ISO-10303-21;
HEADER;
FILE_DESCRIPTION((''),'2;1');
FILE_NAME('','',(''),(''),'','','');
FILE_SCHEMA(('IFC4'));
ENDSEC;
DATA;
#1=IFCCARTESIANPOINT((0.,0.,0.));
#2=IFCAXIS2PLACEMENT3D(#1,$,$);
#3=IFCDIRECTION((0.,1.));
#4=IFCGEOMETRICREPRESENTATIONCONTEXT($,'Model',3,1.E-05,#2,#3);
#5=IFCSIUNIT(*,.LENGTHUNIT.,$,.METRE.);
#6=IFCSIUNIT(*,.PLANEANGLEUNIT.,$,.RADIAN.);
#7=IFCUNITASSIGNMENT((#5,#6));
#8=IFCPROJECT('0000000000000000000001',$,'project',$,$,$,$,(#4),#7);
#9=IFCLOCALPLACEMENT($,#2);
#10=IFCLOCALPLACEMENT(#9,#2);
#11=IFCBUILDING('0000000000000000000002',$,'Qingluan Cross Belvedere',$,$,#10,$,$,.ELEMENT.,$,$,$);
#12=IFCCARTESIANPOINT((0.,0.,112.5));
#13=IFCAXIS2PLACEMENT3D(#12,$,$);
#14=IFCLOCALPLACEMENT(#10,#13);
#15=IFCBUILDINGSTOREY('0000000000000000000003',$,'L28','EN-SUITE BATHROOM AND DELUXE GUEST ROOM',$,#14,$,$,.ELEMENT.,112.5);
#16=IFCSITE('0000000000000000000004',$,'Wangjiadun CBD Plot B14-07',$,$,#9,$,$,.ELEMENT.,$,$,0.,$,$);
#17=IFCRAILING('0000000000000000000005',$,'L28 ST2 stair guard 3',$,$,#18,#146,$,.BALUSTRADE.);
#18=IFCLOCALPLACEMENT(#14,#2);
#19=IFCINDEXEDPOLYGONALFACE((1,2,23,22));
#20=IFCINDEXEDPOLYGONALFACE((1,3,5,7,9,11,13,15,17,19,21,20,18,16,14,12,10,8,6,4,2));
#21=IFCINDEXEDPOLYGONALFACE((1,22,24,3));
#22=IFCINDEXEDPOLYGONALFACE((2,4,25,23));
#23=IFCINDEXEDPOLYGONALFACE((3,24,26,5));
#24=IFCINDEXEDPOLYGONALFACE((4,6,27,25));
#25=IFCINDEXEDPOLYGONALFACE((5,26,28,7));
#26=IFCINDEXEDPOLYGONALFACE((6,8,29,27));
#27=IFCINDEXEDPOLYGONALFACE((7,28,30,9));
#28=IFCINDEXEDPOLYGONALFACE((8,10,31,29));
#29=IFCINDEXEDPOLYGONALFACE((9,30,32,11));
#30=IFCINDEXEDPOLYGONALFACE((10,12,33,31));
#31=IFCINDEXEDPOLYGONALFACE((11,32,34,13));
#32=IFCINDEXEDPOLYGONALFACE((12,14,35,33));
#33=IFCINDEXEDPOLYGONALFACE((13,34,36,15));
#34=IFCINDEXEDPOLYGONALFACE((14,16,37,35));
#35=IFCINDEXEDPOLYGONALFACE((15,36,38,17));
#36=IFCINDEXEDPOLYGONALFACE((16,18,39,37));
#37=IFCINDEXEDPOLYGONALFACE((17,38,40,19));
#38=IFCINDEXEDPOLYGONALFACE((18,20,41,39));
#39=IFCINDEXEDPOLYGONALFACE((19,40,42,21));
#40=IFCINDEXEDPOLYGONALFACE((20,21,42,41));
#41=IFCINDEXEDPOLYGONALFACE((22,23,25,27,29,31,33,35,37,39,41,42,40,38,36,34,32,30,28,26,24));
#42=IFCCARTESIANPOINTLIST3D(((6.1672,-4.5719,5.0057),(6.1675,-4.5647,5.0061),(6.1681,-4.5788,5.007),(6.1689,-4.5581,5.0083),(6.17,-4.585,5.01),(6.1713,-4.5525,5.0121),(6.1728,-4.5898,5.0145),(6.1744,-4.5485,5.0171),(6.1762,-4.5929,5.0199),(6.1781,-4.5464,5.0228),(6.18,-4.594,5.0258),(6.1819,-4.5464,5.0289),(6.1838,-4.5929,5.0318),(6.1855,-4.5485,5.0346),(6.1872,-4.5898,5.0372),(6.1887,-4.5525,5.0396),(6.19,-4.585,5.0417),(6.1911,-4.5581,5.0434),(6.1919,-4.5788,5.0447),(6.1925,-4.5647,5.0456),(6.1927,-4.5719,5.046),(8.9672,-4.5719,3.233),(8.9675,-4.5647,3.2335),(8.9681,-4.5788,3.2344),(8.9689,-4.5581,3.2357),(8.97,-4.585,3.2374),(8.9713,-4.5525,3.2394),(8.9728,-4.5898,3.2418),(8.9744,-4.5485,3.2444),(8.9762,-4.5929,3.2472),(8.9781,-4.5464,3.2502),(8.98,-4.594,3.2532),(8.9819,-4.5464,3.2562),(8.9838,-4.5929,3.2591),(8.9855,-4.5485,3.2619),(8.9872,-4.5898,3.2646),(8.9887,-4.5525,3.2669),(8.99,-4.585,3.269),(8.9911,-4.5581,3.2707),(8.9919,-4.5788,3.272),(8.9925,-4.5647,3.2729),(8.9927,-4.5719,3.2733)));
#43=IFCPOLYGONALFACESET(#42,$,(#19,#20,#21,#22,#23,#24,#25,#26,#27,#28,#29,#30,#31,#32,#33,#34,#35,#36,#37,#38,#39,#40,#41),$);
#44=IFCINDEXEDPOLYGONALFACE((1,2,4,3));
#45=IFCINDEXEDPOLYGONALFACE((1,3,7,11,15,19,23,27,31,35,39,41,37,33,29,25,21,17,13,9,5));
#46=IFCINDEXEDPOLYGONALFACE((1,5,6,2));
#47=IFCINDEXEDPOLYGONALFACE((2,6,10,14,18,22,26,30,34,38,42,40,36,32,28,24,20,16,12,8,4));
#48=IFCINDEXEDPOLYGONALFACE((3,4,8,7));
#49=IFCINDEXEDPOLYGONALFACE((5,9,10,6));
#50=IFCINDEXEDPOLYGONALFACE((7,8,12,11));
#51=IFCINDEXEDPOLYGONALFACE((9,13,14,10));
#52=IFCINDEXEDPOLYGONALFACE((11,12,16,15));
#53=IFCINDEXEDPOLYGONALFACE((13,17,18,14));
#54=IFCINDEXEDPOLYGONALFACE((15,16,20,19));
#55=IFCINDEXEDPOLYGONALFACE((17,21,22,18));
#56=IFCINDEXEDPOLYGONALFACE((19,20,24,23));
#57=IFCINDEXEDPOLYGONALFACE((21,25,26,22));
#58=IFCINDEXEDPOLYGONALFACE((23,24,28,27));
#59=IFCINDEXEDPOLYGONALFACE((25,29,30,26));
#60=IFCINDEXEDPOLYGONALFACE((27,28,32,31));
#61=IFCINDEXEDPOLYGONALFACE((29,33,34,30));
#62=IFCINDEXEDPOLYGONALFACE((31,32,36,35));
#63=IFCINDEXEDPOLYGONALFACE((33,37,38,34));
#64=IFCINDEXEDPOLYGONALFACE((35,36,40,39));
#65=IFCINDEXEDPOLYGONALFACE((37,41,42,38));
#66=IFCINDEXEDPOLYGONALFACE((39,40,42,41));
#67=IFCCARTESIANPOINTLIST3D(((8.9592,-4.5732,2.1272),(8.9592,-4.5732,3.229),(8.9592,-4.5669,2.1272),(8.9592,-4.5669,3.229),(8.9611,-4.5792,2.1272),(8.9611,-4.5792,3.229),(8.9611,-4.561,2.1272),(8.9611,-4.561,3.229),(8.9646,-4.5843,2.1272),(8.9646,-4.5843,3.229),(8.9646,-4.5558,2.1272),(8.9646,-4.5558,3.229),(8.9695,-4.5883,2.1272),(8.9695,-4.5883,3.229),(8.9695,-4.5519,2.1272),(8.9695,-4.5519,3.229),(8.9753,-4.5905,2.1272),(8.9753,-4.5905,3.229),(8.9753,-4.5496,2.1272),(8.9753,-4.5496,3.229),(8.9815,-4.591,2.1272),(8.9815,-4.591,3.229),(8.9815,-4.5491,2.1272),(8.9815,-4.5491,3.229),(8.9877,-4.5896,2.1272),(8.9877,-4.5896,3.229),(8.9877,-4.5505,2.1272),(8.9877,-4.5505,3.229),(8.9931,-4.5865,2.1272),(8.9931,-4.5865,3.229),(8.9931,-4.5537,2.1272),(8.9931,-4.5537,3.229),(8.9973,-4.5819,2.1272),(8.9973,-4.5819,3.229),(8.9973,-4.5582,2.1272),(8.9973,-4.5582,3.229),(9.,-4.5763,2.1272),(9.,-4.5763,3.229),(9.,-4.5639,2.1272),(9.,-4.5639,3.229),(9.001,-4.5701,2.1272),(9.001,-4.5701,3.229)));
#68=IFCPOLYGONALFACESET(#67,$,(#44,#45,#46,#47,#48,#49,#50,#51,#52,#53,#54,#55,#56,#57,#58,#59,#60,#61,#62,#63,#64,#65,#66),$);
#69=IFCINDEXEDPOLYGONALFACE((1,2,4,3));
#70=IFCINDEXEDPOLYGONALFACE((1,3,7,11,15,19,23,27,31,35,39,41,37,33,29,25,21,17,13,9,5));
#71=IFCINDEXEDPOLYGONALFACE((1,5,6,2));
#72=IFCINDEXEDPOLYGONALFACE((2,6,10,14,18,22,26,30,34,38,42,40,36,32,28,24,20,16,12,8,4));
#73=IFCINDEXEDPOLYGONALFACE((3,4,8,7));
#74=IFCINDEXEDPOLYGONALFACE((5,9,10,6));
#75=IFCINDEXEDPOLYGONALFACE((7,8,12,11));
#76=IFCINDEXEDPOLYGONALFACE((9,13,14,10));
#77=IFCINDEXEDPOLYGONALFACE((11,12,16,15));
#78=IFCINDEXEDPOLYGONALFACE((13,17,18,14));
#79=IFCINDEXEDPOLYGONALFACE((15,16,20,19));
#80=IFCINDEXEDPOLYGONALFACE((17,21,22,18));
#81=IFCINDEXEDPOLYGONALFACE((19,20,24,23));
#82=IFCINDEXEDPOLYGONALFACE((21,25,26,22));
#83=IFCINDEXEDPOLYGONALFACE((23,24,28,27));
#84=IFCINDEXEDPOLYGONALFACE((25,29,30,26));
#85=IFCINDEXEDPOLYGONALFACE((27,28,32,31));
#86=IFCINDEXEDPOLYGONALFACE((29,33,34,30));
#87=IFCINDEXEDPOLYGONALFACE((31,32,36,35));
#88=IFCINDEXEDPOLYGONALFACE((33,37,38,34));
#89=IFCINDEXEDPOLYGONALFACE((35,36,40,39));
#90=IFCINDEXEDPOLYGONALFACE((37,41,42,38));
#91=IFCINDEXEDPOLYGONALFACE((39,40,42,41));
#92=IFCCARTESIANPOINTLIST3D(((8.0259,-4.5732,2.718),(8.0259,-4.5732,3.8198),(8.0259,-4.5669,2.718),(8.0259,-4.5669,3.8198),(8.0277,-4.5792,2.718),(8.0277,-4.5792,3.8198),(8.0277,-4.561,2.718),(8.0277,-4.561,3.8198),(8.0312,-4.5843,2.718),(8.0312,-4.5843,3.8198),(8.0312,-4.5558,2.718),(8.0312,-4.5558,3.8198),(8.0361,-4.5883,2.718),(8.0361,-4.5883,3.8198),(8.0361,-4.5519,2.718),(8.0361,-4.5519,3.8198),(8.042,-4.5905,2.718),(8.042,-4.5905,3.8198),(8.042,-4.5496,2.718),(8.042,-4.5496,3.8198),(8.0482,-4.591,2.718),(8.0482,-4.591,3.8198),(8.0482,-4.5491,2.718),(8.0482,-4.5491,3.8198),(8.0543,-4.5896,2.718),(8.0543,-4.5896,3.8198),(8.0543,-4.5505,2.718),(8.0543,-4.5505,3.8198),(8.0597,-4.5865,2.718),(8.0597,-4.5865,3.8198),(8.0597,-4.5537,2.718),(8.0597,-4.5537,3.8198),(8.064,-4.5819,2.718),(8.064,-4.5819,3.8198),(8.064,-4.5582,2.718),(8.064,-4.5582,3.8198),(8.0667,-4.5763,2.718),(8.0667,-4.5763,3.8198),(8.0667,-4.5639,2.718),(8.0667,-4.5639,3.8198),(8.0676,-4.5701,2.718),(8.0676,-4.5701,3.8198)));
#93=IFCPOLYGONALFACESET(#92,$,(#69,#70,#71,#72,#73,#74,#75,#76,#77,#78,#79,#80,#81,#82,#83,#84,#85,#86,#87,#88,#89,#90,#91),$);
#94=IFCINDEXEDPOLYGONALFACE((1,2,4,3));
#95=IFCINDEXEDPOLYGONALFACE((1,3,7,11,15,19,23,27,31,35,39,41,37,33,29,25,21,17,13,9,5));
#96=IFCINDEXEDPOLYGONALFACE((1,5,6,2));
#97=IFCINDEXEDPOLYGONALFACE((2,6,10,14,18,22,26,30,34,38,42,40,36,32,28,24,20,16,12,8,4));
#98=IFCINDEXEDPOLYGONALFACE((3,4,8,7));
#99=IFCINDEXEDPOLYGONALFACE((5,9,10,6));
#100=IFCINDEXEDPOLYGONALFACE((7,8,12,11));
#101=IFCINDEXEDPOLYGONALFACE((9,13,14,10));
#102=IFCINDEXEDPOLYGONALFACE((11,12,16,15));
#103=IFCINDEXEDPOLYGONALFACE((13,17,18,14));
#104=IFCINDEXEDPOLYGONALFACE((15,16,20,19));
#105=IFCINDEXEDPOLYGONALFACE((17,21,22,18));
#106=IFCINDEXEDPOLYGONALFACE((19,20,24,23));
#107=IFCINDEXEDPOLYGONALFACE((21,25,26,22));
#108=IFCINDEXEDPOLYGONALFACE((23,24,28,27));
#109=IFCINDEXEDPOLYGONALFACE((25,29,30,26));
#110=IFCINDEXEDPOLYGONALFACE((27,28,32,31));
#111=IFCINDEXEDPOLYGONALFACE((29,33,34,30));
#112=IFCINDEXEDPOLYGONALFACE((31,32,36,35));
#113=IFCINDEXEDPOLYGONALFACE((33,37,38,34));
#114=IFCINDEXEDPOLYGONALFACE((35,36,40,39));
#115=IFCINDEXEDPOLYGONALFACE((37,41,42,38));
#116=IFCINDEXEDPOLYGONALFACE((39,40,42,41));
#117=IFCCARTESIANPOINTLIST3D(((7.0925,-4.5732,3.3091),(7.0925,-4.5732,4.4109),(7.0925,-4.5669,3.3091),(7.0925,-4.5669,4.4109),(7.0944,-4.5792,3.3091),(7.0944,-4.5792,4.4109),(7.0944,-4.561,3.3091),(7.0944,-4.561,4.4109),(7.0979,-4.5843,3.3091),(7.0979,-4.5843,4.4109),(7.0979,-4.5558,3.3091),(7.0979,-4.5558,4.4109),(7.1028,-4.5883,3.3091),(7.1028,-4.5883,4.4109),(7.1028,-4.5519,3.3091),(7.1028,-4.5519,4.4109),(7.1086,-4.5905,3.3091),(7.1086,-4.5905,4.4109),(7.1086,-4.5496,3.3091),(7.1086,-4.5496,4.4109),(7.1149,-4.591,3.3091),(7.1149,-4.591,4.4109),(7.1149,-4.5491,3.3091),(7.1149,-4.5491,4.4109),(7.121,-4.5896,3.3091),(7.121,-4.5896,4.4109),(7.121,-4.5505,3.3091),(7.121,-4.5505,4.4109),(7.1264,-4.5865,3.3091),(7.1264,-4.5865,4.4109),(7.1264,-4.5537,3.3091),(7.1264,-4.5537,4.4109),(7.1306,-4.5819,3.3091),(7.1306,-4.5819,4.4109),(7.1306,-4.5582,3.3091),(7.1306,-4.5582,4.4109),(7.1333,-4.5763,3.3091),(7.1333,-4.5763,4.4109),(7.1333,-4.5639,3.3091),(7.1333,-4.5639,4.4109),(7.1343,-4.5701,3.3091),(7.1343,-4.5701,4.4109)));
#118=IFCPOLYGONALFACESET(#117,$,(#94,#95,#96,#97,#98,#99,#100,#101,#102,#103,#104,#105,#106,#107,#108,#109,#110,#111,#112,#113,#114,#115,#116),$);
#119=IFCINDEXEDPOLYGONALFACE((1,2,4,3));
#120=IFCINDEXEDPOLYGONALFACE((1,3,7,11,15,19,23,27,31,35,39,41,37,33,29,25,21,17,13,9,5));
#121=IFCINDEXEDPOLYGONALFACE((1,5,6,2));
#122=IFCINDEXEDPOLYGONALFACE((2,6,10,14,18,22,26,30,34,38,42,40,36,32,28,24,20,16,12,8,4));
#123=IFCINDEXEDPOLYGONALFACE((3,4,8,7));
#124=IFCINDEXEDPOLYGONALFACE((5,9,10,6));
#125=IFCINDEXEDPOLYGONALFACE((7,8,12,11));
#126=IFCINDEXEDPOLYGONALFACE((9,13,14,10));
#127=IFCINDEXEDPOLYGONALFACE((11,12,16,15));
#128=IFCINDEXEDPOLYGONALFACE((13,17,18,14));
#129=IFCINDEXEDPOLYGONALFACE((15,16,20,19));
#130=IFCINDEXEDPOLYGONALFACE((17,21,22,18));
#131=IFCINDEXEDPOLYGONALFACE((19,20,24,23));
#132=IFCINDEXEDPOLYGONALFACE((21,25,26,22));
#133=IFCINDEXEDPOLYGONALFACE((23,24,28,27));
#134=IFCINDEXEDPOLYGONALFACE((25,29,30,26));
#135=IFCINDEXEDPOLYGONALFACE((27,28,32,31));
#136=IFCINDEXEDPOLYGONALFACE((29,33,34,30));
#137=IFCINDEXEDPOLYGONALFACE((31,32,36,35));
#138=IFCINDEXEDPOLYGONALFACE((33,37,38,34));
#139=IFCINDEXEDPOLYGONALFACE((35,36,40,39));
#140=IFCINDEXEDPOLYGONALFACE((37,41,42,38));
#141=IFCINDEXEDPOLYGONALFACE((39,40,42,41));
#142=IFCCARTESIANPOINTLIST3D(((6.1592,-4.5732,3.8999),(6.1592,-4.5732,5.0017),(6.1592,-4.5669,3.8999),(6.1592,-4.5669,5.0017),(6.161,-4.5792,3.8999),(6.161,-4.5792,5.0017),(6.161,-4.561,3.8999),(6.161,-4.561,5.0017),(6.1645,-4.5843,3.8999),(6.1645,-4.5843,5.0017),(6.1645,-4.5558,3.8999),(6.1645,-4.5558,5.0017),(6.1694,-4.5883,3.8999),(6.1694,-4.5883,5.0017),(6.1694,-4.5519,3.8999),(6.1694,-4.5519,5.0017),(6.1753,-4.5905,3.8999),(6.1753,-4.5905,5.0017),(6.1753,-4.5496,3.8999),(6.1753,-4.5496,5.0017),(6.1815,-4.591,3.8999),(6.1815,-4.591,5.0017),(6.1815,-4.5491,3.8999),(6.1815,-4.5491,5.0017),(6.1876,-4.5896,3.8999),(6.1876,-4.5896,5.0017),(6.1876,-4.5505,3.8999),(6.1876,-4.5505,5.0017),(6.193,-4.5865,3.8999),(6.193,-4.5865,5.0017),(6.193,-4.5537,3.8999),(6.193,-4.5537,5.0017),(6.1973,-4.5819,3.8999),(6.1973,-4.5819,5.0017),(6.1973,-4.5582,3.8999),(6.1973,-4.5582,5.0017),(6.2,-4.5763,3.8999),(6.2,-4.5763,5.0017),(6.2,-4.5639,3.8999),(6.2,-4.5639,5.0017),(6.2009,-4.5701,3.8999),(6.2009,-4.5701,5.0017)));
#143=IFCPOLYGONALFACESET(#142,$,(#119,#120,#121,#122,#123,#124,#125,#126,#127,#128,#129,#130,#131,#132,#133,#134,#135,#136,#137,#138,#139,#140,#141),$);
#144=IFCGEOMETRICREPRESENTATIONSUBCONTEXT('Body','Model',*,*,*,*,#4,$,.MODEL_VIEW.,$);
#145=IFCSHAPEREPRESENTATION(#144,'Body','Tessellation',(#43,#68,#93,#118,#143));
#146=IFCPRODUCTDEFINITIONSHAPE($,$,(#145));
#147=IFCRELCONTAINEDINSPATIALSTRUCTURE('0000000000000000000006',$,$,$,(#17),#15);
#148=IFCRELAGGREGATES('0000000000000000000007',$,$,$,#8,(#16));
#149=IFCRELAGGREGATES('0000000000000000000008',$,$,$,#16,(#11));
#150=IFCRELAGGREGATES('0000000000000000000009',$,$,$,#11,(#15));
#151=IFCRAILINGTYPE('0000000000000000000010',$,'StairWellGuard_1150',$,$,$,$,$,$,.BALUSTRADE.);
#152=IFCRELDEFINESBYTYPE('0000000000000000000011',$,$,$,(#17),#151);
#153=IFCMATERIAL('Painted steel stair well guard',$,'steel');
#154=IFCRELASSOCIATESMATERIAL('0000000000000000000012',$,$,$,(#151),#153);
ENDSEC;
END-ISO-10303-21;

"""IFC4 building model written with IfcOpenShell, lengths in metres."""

from ifc_helpers import new_model, si_unit, direction, frame, origin, origin_2d, place, context, subcontext, project, spatial, circle, extrude, material, type_object, element, save


model = new_model("IFC4")

# Units and contexts
model_context = context("Model", 3, precision=1e-05, world=origin(), true_north=direction((0.0, 1.0)))
body_context = subcontext(model_context, "Body", "Model", "MODEL_VIEW")
ifc_project = project(units=[si_unit("LENGTHUNIT", "METRE"), si_unit("PLANEANGLEUNIT", "RADIAN")], contexts=[model_context])

# Site, building, storey
site_placement = place(None, origin())
site = spatial("IfcSite", under=ifc_project, at=site_placement, Name="Wangjiadun CBD Plot B14-07", CompositionType="ELEMENT", RefElevation=0.0)
building_placement = place(site_placement, origin())
building = spatial("IfcBuilding", under=site, at=building_placement, Name="Qingluan Cross Belvedere", CompositionType="ELEMENT")
storey_placement = place(building_placement, frame((0.0, 0.0, 112.5)))
storey = spatial("IfcBuildingStorey", under=building, at=storey_placement, Name="L28", Description="EN-SUITE BATHROOM AND DELUXE GUEST ROOM", CompositionType="ELEMENT", Elevation=112.5)

# Railing
ifc_material_1 = material(Name="Painted steel stair well guard", Category="steel")
railing_type_1 = type_object("IfcRailingType", Name="StairWellGuard_1150", PredefinedType="BALUSTRADE", material=ifc_material_1)
railing_1_placement = place(storey_placement, frame((8.98, -4.5701, 2.1272)))
element("IfcRailing", 1, at=railing_1_placement, inside=storey, type_object=railing_type_1, Name="L28 ST2 stair guard 3", PredefinedType="BALUSTRADE", context=body_context, shape_type="SweptSolid", body=[
    extrude(circle(Radius=0.0239, at=origin_2d()), frame((0.0, 0.0, 1.126), z_axis=(-0.844909, 0.0, 0.53491), x_axis=(0.0, -1.0, 0.0)), (0.0, 0.0, 1.0), 3.314),
    extrude(circle(Radius=0.021, at=origin_2d()), origin(), (0.0, 0.0, 1.0), 1.1018),
    extrude(circle(Radius=0.021, at=origin_2d()), frame((-0.9333, 0.0, 0.5908)), (0.0, 0.0, 1.0), 1.1018),
    extrude(circle(Radius=0.021, at=origin_2d()), frame((-1.8667, 0.0, 1.1819)), (0.0, 0.0, 1.0), 1.1018),
    extrude(circle(Radius=0.021, at=origin_2d()), frame((-2.8, 0.0, 1.7727)), (0.0, 0.0, 1.0), 1.1018),
])

save(model, "model.ifc")
